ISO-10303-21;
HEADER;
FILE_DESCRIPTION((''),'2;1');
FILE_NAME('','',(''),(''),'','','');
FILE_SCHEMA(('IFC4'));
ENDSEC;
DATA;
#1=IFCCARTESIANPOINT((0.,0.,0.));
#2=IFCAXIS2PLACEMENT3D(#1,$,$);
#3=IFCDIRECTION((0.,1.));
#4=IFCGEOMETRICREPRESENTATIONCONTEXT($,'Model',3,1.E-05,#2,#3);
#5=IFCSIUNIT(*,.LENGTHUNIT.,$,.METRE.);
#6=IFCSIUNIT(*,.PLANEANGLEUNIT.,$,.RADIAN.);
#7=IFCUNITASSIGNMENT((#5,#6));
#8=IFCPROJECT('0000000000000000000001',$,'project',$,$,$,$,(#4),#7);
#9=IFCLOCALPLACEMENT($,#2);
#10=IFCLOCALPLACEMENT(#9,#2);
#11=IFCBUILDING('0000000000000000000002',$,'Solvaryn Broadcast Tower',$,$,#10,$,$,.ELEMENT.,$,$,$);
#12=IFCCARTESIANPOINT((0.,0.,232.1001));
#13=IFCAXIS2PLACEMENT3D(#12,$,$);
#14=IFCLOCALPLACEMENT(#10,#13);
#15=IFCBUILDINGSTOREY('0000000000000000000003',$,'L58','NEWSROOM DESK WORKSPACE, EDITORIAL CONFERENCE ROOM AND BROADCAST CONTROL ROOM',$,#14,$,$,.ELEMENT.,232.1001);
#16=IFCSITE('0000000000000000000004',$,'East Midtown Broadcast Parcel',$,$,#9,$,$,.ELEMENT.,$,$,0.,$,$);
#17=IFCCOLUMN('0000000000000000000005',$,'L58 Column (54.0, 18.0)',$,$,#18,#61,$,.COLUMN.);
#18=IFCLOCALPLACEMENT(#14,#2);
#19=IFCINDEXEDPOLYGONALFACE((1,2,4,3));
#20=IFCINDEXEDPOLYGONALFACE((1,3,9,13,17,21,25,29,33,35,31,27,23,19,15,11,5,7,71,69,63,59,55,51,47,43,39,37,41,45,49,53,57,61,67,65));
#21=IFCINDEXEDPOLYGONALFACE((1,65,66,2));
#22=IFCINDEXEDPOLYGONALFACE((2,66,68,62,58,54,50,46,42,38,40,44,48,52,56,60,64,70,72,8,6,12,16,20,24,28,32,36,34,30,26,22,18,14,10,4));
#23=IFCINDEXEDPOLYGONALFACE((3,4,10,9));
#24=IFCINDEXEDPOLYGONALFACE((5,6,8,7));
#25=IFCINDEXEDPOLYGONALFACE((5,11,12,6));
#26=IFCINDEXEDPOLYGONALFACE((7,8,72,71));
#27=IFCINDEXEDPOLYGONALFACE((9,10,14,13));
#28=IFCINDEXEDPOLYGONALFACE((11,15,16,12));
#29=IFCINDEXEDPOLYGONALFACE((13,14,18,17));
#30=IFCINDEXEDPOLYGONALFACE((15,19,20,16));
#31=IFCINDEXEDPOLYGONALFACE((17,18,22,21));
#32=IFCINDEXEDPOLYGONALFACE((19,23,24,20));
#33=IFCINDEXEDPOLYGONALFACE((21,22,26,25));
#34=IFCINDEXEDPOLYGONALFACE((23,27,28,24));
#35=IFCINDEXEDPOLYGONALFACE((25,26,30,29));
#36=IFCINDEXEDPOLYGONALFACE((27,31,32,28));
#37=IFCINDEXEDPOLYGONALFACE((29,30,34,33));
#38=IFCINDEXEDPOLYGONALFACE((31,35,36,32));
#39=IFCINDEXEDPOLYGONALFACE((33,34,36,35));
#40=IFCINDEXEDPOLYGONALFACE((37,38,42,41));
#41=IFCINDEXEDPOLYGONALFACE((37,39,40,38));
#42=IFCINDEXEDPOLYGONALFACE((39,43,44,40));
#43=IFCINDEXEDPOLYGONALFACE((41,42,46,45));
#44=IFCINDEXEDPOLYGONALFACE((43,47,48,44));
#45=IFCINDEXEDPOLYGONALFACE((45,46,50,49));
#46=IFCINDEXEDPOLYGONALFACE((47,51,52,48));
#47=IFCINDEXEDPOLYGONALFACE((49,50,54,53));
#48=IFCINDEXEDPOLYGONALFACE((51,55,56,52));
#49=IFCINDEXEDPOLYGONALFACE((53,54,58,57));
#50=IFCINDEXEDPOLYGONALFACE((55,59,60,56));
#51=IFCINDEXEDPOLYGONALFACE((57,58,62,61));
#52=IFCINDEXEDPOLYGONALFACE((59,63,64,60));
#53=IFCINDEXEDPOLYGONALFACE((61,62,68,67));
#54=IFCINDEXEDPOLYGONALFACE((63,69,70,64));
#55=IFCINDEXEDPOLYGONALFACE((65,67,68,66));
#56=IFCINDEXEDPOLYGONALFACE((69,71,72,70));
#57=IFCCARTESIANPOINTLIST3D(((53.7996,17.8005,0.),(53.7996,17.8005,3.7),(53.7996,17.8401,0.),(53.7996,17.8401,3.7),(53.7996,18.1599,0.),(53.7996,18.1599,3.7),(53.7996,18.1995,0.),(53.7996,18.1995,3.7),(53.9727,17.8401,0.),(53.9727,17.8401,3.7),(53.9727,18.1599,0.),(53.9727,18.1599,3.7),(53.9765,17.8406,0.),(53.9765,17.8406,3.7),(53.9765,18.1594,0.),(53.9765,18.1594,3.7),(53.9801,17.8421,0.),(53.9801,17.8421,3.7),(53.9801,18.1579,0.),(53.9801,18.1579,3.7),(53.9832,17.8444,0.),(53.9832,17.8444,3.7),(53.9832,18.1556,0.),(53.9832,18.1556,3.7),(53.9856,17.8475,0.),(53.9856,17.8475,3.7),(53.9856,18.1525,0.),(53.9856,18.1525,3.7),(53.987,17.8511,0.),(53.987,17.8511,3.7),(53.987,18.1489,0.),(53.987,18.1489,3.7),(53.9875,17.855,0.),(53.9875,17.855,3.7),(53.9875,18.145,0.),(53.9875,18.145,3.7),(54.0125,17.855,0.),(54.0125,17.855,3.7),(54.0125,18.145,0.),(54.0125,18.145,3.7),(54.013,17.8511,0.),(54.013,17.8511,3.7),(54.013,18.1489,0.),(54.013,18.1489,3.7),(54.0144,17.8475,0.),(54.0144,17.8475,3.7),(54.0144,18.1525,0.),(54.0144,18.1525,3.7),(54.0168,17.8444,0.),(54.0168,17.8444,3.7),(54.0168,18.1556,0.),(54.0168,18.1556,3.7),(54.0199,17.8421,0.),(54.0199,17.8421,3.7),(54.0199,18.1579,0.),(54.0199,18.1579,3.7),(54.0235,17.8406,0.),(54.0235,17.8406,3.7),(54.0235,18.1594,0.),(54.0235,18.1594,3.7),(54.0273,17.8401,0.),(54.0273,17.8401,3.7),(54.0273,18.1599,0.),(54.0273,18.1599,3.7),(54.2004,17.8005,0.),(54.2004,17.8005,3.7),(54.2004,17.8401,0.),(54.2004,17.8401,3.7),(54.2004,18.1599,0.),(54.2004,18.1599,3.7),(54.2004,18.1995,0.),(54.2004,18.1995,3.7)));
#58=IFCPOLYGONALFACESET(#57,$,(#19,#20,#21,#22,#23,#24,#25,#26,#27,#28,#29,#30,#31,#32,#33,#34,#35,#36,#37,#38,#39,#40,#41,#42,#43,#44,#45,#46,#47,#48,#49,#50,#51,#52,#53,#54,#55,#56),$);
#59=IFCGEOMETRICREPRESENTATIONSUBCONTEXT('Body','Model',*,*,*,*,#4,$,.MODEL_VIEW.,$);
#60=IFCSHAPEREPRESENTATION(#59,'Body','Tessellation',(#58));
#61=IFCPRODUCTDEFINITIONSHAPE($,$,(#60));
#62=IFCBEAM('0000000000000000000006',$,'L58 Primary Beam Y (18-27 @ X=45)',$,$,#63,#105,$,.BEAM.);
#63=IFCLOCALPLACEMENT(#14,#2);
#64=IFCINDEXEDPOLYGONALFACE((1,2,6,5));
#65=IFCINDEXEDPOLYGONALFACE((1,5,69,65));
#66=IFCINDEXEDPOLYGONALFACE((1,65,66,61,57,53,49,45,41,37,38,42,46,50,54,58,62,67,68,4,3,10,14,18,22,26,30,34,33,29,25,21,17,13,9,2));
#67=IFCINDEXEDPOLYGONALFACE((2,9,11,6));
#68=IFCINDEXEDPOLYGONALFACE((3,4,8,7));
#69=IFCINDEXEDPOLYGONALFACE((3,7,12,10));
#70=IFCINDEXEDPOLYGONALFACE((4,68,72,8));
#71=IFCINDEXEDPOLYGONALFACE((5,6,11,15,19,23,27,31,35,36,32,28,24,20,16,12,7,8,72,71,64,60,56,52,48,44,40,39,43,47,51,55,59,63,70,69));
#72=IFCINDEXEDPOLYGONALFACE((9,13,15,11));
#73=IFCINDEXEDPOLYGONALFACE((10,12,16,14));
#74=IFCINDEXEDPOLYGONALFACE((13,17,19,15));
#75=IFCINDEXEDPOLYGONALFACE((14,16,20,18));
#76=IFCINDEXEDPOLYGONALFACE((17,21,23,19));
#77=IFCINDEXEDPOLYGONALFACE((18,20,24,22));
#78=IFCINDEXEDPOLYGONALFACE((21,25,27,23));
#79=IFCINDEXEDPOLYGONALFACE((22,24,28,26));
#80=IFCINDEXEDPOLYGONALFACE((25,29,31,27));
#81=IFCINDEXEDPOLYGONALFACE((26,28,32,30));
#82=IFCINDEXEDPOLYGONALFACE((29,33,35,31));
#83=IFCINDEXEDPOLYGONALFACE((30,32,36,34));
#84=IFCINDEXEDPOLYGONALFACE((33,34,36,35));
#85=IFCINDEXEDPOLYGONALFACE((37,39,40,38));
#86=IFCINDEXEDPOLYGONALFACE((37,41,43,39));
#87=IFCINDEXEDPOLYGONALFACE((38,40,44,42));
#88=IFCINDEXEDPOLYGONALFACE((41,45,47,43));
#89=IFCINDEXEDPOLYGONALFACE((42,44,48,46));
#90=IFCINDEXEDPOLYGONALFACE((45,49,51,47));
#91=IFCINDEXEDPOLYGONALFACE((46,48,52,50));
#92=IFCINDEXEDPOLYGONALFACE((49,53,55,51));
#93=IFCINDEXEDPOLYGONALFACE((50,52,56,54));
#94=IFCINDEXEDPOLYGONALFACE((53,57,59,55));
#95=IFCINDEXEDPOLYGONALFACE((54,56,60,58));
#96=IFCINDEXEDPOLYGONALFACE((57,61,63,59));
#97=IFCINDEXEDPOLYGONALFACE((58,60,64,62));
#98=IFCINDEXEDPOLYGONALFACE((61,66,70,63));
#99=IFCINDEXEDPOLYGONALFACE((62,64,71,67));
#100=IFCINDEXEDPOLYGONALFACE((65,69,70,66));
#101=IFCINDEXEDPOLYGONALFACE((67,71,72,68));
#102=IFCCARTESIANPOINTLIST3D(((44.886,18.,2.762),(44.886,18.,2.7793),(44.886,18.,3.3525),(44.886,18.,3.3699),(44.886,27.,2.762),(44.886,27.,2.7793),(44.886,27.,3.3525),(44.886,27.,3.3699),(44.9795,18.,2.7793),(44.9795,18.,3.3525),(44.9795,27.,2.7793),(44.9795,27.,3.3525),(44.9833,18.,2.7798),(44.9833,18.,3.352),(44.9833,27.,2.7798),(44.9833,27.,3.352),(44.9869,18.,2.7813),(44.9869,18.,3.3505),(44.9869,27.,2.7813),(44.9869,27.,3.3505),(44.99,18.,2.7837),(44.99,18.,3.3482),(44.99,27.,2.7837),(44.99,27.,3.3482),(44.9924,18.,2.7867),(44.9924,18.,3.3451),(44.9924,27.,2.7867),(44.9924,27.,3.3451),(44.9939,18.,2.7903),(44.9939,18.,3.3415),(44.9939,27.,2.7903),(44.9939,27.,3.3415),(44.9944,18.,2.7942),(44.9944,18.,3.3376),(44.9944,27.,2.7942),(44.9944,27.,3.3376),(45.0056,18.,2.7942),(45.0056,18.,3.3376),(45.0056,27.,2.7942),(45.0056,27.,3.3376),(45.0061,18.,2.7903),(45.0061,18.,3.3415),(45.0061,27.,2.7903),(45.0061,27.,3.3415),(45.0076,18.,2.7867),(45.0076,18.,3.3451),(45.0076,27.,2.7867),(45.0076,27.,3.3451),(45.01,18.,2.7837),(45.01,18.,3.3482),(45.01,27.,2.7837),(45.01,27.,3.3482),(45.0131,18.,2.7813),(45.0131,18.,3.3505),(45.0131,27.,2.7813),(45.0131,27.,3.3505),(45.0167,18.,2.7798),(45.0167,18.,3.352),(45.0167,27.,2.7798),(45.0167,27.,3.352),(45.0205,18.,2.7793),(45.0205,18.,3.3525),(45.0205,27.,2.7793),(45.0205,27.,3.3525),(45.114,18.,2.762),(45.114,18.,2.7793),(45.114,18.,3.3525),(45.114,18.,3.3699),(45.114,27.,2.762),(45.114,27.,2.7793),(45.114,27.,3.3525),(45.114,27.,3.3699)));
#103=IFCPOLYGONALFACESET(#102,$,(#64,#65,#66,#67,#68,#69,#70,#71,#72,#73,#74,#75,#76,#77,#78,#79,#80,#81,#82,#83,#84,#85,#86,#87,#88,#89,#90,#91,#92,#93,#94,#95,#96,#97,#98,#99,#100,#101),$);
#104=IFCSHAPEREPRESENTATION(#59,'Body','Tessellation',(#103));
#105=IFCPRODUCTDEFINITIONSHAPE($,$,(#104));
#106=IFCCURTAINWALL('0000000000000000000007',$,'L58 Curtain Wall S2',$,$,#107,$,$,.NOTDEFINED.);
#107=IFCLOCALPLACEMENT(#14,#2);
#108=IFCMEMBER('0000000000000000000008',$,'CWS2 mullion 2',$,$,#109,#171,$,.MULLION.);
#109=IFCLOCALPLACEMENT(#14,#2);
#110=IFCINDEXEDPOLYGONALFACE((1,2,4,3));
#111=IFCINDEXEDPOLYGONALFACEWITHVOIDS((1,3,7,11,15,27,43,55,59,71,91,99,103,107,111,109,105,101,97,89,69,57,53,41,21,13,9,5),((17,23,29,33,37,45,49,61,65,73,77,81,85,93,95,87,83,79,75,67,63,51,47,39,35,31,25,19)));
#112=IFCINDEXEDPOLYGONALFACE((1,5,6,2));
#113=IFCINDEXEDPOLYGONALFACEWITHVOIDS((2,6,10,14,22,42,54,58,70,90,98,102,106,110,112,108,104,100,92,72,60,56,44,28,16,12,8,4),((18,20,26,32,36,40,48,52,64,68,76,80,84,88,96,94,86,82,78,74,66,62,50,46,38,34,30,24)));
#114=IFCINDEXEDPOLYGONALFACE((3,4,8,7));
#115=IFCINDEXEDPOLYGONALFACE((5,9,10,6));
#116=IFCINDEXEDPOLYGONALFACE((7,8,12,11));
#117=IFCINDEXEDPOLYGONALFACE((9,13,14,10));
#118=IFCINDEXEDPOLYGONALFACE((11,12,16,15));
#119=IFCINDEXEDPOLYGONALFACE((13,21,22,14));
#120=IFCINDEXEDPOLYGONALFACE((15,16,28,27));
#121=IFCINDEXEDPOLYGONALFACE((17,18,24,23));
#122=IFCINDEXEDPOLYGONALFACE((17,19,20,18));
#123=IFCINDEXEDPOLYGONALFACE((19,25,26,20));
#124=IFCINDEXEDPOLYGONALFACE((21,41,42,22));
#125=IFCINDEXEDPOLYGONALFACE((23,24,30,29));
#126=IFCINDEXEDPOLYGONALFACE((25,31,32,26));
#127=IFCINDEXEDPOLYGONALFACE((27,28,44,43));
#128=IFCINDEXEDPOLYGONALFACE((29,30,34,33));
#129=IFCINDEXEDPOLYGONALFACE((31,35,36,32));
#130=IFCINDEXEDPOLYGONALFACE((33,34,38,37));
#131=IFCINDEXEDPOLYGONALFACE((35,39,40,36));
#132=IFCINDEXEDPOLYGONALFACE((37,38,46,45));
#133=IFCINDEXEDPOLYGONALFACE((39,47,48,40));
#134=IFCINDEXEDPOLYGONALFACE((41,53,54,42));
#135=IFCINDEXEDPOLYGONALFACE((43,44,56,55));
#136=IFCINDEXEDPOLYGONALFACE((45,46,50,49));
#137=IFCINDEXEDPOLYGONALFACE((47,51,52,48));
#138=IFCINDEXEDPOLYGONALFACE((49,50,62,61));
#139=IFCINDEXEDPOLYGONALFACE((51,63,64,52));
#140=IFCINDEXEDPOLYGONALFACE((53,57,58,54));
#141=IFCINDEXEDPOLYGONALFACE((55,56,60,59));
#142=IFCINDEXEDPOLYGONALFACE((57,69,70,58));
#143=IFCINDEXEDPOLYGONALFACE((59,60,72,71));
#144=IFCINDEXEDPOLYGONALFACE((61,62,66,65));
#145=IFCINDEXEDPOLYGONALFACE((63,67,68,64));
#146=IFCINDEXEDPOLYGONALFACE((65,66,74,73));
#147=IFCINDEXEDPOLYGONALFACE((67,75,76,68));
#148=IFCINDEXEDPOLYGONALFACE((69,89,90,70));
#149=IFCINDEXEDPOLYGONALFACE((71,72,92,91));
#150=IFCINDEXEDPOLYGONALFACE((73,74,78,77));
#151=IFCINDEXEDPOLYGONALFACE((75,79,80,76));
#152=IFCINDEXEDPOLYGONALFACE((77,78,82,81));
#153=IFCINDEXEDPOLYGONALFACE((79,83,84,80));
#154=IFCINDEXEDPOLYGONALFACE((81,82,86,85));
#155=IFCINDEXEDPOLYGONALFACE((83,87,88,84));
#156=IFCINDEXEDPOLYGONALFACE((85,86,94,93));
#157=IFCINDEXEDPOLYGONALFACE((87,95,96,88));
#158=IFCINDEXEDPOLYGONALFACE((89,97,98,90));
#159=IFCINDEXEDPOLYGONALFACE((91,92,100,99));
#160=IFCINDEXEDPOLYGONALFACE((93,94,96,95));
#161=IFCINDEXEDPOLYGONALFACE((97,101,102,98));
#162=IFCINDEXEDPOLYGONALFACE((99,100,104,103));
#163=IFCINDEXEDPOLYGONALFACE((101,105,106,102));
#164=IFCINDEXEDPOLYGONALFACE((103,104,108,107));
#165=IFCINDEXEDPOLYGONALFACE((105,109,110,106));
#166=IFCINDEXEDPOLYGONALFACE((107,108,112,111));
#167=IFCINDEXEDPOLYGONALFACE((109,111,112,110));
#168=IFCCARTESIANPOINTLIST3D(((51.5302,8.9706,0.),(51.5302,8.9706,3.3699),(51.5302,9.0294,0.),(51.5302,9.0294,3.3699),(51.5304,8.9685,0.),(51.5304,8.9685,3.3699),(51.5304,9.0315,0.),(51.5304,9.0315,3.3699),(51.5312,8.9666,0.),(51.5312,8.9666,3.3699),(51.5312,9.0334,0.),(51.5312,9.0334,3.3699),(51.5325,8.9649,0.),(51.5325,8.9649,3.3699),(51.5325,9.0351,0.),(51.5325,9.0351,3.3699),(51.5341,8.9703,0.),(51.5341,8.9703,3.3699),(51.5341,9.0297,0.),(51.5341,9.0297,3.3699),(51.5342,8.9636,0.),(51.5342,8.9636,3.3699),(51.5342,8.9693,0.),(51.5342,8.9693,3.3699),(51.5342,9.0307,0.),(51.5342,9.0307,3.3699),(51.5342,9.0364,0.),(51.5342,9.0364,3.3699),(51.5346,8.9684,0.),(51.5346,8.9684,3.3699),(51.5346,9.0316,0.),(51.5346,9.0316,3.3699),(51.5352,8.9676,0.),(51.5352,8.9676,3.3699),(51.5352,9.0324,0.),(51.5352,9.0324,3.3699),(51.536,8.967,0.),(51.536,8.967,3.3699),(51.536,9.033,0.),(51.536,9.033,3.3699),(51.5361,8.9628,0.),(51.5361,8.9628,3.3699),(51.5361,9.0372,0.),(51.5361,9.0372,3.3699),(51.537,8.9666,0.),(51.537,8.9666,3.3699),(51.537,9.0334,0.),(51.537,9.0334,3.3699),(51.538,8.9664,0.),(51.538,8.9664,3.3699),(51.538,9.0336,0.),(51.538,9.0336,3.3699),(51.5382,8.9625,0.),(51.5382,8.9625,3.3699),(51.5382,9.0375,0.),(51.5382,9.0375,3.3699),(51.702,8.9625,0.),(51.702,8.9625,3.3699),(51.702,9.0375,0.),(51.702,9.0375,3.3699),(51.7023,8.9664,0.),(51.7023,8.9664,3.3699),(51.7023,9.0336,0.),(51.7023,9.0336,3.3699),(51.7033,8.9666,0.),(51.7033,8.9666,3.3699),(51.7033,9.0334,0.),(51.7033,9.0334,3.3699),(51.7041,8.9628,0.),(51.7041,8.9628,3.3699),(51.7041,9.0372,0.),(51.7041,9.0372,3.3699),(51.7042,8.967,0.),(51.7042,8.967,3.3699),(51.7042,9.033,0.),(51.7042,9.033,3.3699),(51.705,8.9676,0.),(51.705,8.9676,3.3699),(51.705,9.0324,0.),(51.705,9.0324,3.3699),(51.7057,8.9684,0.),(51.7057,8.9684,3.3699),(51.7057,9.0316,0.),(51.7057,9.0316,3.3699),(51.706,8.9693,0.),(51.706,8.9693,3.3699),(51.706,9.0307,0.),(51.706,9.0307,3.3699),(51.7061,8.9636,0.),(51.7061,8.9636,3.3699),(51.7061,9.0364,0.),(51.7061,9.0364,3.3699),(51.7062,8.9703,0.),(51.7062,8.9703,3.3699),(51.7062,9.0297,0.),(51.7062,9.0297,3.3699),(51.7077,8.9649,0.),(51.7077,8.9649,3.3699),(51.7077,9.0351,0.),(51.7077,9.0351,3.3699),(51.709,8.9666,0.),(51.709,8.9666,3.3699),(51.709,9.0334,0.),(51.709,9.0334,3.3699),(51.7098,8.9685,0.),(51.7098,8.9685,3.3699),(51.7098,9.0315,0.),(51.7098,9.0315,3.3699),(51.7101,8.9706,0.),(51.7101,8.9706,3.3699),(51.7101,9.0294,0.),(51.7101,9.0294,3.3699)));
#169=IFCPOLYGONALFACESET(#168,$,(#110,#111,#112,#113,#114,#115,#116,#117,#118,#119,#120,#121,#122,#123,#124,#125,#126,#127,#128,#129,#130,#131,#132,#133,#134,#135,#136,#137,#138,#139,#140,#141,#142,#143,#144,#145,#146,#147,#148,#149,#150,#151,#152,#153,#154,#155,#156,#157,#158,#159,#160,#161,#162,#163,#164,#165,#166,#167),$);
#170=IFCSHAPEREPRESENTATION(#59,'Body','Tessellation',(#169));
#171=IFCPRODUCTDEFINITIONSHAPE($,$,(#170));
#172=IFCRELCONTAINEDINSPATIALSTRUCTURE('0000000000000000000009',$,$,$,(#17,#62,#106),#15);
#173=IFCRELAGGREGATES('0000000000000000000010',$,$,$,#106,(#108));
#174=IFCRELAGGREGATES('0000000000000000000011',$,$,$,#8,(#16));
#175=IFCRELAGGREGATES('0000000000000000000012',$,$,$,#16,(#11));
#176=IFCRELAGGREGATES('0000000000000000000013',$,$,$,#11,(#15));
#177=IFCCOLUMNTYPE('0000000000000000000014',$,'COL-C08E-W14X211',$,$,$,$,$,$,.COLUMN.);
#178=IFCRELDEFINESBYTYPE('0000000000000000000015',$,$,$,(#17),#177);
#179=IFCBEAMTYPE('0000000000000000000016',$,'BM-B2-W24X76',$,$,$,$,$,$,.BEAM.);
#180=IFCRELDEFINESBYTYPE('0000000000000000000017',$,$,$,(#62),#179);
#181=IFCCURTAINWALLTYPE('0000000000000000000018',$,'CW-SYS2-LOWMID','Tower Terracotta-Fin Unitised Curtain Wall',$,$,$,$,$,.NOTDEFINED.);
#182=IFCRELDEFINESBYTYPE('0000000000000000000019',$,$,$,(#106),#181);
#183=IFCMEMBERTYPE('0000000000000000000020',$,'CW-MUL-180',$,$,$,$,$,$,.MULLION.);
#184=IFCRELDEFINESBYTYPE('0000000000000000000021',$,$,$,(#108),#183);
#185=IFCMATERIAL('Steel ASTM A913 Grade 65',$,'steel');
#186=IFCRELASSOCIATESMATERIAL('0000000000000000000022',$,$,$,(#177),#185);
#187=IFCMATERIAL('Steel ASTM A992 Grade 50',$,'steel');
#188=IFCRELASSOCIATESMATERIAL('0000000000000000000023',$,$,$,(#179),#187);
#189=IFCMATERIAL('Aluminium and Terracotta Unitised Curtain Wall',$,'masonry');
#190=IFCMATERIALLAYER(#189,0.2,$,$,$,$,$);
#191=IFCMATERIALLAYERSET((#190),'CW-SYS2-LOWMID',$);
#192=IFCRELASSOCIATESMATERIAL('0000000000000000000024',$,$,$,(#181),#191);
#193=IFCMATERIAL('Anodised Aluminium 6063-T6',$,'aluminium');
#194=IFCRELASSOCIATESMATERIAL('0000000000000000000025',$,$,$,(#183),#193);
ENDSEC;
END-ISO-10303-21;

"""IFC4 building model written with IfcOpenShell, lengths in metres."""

from ifc_helpers import new_model, si_unit, direction, frame, origin, origin_2d, place, context, subcontext, project, spatial, hollow_rectangle, i_section, extrude, material, layer, layer_set, material_profile, profile_set, type_object, element, aggregate, save


model = new_model("IFC4")

# Units and contexts
model_context = context("Model", 3, precision=1e-05, world=origin(), true_north=direction((0.0, 1.0)))
body_context = subcontext(model_context, "Body", "Model", "MODEL_VIEW")
ifc_project = project(units=[si_unit("LENGTHUNIT", "METRE"), si_unit("PLANEANGLEUNIT", "RADIAN")], contexts=[model_context])

# Site, building, storey
site_placement = place(None, origin())
site = spatial("IfcSite", under=ifc_project, at=site_placement, Name="East Midtown Broadcast Parcel", CompositionType="ELEMENT", RefElevation=0.0)
building_placement = place(site_placement, origin())
building = spatial("IfcBuilding", under=site, at=building_placement, Name="Solvaryn Broadcast Tower", CompositionType="ELEMENT")
storey_placement = place(building_placement, frame((0.0, 0.0, 232.1001)))
storey = spatial("IfcBuildingStorey", under=building, at=storey_placement, Name="L58", Description="NEWSROOM DESK WORKSPACE, EDITORIAL CONFERENCE ROOM AND BROADCAST CONTROL ROOM", CompositionType="ELEMENT", Elevation=232.1001)

# Column
ifc_material_1 = material(Name="Steel ASTM A913 Grade 65", Category="steel")
ifc_material_profile_1 = material_profile(ifc_material_1, i_section(OverallWidth=0.4009, OverallDepth=0.3989, WebThickness=0.0249, FlangeThickness=0.0396, FilletRadius=0.0149, at=origin_2d()))
ifc_profile_set_1 = profile_set([ifc_material_profile_1], Name="Steel ASTM A913 Grade 65")
column_type = type_object("IfcColumnType", Name="COL-C08E-W14X211", PredefinedType="COLUMN", material=ifc_profile_set_1)
column_placement = place(storey_placement, frame((54.0, 18.0, 0.0), z_axis=(0.0, 0.0, 1.0), x_axis=(1.0, 0.0, 0.0)))
element("IfcColumn", 1, at=column_placement, inside=storey, type_object=column_type, Name="L58 Column (54.0, 18.0)", PredefinedType="COLUMN", context=body_context, shape_type="SweptSolid", body=[
    extrude(i_section(OverallWidth=0.4009, OverallDepth=0.3989, WebThickness=0.0249, FlangeThickness=0.0396, FilletRadius=0.0149, at=origin_2d()), origin(), (0.0, 0.0, 1.0), 3.7),
])

# Beam
ifc_material_2 = material(Name="Steel ASTM A992 Grade 50", Category="steel")
ifc_material_profile_2 = material_profile(ifc_material_2, i_section(OverallWidth=0.228, OverallDepth=0.6079, WebThickness=0.0112, FlangeThickness=0.0173, FilletRadius=0.0149, at=origin_2d()))
ifc_profile_set_2 = profile_set([ifc_material_profile_2], Name="Steel ASTM A992 Grade 50")
beam_type = type_object("IfcBeamType", Name="BM-B2-W24X76", PredefinedType="BEAM", material=ifc_profile_set_2)
beam_placement = place(storey_placement, frame((45.0, 18.0, 3.0659), z_axis=(0.0, 1.0, 0.0), x_axis=(-1.0, 0.0, 0.0)))
element("IfcBeam", 2, at=beam_placement, inside=storey, type_object=beam_type, Name="L58 Primary Beam Y (18-27 @ X=45)", PredefinedType="BEAM", context=body_context, shape_type="SweptSolid", body=[
    extrude(i_section(OverallWidth=0.228, OverallDepth=0.6079, WebThickness=0.0112, FlangeThickness=0.0173, FilletRadius=0.0149, at=origin_2d()), origin(), (0.0, 0.0, 1.0), 9.0),
])

# Curtain wall, member
ifc_material_3 = material(Name="Aluminium and Terracotta Unitised Curtain Wall", Category="masonry")
ifc_layer_1 = layer(ifc_material_3, 0.2)
ifc_layer_set_1 = layer_set([ifc_layer_1], Name="CW-SYS2-LOWMID")
curtain_wall_type = type_object("IfcCurtainWallType", Name="CW-SYS2-LOWMID", Description="Tower Terracotta-Fin Unitised Curtain Wall", PredefinedType="NOTDEFINED", material=ifc_layer_set_1)
curtain_wall_1_placement = place(storey_placement, origin())
curtain_wall_1 = element("IfcCurtainWall", 3, at=curtain_wall_1_placement, inside=storey, type_object=curtain_wall_type, Name="L58 Curtain Wall S2", PredefinedType="NOTDEFINED")
ifc_material_4 = material(Name="Anodised Aluminium 6063-T6", Category="aluminium")
ifc_material_profile_3 = material_profile(ifc_material_4, hollow_rectangle(XDim=0.075, YDim=0.1799, WallThickness=0.0039, InnerFilletRadius=0.0039, OuterFilletRadius=0.0081, at=origin_2d()))
ifc_profile_set_3 = profile_set([ifc_material_profile_3], Name="Anodised Aluminium 6063-T6")
member_type_1 = type_object("IfcMemberType", Name="CW-MUL-180", PredefinedType="MULLION", material=ifc_profile_set_3)
member_1_placement = place(storey_placement, frame((51.6201, 9.0, 0.0), z_axis=(0.0, 0.0, 1.0), x_axis=(0.0, 1.0, 0.0)))
member_1 = element("IfcMember", 4, at=member_1_placement, type_object=member_type_1, Name="CWS2 mullion 2", PredefinedType="MULLION", context=body_context, shape_type="SweptSolid", body=[
    extrude(hollow_rectangle(XDim=0.075, YDim=0.1799, WallThickness=0.0039, InnerFilletRadius=0.0039, OuterFilletRadius=0.0081, at=origin_2d()), origin(), (0.0, 0.0, 1.0), 3.3699),
])

aggregate(curtain_wall_1, [member_1])

save(model, "model.ifc")
